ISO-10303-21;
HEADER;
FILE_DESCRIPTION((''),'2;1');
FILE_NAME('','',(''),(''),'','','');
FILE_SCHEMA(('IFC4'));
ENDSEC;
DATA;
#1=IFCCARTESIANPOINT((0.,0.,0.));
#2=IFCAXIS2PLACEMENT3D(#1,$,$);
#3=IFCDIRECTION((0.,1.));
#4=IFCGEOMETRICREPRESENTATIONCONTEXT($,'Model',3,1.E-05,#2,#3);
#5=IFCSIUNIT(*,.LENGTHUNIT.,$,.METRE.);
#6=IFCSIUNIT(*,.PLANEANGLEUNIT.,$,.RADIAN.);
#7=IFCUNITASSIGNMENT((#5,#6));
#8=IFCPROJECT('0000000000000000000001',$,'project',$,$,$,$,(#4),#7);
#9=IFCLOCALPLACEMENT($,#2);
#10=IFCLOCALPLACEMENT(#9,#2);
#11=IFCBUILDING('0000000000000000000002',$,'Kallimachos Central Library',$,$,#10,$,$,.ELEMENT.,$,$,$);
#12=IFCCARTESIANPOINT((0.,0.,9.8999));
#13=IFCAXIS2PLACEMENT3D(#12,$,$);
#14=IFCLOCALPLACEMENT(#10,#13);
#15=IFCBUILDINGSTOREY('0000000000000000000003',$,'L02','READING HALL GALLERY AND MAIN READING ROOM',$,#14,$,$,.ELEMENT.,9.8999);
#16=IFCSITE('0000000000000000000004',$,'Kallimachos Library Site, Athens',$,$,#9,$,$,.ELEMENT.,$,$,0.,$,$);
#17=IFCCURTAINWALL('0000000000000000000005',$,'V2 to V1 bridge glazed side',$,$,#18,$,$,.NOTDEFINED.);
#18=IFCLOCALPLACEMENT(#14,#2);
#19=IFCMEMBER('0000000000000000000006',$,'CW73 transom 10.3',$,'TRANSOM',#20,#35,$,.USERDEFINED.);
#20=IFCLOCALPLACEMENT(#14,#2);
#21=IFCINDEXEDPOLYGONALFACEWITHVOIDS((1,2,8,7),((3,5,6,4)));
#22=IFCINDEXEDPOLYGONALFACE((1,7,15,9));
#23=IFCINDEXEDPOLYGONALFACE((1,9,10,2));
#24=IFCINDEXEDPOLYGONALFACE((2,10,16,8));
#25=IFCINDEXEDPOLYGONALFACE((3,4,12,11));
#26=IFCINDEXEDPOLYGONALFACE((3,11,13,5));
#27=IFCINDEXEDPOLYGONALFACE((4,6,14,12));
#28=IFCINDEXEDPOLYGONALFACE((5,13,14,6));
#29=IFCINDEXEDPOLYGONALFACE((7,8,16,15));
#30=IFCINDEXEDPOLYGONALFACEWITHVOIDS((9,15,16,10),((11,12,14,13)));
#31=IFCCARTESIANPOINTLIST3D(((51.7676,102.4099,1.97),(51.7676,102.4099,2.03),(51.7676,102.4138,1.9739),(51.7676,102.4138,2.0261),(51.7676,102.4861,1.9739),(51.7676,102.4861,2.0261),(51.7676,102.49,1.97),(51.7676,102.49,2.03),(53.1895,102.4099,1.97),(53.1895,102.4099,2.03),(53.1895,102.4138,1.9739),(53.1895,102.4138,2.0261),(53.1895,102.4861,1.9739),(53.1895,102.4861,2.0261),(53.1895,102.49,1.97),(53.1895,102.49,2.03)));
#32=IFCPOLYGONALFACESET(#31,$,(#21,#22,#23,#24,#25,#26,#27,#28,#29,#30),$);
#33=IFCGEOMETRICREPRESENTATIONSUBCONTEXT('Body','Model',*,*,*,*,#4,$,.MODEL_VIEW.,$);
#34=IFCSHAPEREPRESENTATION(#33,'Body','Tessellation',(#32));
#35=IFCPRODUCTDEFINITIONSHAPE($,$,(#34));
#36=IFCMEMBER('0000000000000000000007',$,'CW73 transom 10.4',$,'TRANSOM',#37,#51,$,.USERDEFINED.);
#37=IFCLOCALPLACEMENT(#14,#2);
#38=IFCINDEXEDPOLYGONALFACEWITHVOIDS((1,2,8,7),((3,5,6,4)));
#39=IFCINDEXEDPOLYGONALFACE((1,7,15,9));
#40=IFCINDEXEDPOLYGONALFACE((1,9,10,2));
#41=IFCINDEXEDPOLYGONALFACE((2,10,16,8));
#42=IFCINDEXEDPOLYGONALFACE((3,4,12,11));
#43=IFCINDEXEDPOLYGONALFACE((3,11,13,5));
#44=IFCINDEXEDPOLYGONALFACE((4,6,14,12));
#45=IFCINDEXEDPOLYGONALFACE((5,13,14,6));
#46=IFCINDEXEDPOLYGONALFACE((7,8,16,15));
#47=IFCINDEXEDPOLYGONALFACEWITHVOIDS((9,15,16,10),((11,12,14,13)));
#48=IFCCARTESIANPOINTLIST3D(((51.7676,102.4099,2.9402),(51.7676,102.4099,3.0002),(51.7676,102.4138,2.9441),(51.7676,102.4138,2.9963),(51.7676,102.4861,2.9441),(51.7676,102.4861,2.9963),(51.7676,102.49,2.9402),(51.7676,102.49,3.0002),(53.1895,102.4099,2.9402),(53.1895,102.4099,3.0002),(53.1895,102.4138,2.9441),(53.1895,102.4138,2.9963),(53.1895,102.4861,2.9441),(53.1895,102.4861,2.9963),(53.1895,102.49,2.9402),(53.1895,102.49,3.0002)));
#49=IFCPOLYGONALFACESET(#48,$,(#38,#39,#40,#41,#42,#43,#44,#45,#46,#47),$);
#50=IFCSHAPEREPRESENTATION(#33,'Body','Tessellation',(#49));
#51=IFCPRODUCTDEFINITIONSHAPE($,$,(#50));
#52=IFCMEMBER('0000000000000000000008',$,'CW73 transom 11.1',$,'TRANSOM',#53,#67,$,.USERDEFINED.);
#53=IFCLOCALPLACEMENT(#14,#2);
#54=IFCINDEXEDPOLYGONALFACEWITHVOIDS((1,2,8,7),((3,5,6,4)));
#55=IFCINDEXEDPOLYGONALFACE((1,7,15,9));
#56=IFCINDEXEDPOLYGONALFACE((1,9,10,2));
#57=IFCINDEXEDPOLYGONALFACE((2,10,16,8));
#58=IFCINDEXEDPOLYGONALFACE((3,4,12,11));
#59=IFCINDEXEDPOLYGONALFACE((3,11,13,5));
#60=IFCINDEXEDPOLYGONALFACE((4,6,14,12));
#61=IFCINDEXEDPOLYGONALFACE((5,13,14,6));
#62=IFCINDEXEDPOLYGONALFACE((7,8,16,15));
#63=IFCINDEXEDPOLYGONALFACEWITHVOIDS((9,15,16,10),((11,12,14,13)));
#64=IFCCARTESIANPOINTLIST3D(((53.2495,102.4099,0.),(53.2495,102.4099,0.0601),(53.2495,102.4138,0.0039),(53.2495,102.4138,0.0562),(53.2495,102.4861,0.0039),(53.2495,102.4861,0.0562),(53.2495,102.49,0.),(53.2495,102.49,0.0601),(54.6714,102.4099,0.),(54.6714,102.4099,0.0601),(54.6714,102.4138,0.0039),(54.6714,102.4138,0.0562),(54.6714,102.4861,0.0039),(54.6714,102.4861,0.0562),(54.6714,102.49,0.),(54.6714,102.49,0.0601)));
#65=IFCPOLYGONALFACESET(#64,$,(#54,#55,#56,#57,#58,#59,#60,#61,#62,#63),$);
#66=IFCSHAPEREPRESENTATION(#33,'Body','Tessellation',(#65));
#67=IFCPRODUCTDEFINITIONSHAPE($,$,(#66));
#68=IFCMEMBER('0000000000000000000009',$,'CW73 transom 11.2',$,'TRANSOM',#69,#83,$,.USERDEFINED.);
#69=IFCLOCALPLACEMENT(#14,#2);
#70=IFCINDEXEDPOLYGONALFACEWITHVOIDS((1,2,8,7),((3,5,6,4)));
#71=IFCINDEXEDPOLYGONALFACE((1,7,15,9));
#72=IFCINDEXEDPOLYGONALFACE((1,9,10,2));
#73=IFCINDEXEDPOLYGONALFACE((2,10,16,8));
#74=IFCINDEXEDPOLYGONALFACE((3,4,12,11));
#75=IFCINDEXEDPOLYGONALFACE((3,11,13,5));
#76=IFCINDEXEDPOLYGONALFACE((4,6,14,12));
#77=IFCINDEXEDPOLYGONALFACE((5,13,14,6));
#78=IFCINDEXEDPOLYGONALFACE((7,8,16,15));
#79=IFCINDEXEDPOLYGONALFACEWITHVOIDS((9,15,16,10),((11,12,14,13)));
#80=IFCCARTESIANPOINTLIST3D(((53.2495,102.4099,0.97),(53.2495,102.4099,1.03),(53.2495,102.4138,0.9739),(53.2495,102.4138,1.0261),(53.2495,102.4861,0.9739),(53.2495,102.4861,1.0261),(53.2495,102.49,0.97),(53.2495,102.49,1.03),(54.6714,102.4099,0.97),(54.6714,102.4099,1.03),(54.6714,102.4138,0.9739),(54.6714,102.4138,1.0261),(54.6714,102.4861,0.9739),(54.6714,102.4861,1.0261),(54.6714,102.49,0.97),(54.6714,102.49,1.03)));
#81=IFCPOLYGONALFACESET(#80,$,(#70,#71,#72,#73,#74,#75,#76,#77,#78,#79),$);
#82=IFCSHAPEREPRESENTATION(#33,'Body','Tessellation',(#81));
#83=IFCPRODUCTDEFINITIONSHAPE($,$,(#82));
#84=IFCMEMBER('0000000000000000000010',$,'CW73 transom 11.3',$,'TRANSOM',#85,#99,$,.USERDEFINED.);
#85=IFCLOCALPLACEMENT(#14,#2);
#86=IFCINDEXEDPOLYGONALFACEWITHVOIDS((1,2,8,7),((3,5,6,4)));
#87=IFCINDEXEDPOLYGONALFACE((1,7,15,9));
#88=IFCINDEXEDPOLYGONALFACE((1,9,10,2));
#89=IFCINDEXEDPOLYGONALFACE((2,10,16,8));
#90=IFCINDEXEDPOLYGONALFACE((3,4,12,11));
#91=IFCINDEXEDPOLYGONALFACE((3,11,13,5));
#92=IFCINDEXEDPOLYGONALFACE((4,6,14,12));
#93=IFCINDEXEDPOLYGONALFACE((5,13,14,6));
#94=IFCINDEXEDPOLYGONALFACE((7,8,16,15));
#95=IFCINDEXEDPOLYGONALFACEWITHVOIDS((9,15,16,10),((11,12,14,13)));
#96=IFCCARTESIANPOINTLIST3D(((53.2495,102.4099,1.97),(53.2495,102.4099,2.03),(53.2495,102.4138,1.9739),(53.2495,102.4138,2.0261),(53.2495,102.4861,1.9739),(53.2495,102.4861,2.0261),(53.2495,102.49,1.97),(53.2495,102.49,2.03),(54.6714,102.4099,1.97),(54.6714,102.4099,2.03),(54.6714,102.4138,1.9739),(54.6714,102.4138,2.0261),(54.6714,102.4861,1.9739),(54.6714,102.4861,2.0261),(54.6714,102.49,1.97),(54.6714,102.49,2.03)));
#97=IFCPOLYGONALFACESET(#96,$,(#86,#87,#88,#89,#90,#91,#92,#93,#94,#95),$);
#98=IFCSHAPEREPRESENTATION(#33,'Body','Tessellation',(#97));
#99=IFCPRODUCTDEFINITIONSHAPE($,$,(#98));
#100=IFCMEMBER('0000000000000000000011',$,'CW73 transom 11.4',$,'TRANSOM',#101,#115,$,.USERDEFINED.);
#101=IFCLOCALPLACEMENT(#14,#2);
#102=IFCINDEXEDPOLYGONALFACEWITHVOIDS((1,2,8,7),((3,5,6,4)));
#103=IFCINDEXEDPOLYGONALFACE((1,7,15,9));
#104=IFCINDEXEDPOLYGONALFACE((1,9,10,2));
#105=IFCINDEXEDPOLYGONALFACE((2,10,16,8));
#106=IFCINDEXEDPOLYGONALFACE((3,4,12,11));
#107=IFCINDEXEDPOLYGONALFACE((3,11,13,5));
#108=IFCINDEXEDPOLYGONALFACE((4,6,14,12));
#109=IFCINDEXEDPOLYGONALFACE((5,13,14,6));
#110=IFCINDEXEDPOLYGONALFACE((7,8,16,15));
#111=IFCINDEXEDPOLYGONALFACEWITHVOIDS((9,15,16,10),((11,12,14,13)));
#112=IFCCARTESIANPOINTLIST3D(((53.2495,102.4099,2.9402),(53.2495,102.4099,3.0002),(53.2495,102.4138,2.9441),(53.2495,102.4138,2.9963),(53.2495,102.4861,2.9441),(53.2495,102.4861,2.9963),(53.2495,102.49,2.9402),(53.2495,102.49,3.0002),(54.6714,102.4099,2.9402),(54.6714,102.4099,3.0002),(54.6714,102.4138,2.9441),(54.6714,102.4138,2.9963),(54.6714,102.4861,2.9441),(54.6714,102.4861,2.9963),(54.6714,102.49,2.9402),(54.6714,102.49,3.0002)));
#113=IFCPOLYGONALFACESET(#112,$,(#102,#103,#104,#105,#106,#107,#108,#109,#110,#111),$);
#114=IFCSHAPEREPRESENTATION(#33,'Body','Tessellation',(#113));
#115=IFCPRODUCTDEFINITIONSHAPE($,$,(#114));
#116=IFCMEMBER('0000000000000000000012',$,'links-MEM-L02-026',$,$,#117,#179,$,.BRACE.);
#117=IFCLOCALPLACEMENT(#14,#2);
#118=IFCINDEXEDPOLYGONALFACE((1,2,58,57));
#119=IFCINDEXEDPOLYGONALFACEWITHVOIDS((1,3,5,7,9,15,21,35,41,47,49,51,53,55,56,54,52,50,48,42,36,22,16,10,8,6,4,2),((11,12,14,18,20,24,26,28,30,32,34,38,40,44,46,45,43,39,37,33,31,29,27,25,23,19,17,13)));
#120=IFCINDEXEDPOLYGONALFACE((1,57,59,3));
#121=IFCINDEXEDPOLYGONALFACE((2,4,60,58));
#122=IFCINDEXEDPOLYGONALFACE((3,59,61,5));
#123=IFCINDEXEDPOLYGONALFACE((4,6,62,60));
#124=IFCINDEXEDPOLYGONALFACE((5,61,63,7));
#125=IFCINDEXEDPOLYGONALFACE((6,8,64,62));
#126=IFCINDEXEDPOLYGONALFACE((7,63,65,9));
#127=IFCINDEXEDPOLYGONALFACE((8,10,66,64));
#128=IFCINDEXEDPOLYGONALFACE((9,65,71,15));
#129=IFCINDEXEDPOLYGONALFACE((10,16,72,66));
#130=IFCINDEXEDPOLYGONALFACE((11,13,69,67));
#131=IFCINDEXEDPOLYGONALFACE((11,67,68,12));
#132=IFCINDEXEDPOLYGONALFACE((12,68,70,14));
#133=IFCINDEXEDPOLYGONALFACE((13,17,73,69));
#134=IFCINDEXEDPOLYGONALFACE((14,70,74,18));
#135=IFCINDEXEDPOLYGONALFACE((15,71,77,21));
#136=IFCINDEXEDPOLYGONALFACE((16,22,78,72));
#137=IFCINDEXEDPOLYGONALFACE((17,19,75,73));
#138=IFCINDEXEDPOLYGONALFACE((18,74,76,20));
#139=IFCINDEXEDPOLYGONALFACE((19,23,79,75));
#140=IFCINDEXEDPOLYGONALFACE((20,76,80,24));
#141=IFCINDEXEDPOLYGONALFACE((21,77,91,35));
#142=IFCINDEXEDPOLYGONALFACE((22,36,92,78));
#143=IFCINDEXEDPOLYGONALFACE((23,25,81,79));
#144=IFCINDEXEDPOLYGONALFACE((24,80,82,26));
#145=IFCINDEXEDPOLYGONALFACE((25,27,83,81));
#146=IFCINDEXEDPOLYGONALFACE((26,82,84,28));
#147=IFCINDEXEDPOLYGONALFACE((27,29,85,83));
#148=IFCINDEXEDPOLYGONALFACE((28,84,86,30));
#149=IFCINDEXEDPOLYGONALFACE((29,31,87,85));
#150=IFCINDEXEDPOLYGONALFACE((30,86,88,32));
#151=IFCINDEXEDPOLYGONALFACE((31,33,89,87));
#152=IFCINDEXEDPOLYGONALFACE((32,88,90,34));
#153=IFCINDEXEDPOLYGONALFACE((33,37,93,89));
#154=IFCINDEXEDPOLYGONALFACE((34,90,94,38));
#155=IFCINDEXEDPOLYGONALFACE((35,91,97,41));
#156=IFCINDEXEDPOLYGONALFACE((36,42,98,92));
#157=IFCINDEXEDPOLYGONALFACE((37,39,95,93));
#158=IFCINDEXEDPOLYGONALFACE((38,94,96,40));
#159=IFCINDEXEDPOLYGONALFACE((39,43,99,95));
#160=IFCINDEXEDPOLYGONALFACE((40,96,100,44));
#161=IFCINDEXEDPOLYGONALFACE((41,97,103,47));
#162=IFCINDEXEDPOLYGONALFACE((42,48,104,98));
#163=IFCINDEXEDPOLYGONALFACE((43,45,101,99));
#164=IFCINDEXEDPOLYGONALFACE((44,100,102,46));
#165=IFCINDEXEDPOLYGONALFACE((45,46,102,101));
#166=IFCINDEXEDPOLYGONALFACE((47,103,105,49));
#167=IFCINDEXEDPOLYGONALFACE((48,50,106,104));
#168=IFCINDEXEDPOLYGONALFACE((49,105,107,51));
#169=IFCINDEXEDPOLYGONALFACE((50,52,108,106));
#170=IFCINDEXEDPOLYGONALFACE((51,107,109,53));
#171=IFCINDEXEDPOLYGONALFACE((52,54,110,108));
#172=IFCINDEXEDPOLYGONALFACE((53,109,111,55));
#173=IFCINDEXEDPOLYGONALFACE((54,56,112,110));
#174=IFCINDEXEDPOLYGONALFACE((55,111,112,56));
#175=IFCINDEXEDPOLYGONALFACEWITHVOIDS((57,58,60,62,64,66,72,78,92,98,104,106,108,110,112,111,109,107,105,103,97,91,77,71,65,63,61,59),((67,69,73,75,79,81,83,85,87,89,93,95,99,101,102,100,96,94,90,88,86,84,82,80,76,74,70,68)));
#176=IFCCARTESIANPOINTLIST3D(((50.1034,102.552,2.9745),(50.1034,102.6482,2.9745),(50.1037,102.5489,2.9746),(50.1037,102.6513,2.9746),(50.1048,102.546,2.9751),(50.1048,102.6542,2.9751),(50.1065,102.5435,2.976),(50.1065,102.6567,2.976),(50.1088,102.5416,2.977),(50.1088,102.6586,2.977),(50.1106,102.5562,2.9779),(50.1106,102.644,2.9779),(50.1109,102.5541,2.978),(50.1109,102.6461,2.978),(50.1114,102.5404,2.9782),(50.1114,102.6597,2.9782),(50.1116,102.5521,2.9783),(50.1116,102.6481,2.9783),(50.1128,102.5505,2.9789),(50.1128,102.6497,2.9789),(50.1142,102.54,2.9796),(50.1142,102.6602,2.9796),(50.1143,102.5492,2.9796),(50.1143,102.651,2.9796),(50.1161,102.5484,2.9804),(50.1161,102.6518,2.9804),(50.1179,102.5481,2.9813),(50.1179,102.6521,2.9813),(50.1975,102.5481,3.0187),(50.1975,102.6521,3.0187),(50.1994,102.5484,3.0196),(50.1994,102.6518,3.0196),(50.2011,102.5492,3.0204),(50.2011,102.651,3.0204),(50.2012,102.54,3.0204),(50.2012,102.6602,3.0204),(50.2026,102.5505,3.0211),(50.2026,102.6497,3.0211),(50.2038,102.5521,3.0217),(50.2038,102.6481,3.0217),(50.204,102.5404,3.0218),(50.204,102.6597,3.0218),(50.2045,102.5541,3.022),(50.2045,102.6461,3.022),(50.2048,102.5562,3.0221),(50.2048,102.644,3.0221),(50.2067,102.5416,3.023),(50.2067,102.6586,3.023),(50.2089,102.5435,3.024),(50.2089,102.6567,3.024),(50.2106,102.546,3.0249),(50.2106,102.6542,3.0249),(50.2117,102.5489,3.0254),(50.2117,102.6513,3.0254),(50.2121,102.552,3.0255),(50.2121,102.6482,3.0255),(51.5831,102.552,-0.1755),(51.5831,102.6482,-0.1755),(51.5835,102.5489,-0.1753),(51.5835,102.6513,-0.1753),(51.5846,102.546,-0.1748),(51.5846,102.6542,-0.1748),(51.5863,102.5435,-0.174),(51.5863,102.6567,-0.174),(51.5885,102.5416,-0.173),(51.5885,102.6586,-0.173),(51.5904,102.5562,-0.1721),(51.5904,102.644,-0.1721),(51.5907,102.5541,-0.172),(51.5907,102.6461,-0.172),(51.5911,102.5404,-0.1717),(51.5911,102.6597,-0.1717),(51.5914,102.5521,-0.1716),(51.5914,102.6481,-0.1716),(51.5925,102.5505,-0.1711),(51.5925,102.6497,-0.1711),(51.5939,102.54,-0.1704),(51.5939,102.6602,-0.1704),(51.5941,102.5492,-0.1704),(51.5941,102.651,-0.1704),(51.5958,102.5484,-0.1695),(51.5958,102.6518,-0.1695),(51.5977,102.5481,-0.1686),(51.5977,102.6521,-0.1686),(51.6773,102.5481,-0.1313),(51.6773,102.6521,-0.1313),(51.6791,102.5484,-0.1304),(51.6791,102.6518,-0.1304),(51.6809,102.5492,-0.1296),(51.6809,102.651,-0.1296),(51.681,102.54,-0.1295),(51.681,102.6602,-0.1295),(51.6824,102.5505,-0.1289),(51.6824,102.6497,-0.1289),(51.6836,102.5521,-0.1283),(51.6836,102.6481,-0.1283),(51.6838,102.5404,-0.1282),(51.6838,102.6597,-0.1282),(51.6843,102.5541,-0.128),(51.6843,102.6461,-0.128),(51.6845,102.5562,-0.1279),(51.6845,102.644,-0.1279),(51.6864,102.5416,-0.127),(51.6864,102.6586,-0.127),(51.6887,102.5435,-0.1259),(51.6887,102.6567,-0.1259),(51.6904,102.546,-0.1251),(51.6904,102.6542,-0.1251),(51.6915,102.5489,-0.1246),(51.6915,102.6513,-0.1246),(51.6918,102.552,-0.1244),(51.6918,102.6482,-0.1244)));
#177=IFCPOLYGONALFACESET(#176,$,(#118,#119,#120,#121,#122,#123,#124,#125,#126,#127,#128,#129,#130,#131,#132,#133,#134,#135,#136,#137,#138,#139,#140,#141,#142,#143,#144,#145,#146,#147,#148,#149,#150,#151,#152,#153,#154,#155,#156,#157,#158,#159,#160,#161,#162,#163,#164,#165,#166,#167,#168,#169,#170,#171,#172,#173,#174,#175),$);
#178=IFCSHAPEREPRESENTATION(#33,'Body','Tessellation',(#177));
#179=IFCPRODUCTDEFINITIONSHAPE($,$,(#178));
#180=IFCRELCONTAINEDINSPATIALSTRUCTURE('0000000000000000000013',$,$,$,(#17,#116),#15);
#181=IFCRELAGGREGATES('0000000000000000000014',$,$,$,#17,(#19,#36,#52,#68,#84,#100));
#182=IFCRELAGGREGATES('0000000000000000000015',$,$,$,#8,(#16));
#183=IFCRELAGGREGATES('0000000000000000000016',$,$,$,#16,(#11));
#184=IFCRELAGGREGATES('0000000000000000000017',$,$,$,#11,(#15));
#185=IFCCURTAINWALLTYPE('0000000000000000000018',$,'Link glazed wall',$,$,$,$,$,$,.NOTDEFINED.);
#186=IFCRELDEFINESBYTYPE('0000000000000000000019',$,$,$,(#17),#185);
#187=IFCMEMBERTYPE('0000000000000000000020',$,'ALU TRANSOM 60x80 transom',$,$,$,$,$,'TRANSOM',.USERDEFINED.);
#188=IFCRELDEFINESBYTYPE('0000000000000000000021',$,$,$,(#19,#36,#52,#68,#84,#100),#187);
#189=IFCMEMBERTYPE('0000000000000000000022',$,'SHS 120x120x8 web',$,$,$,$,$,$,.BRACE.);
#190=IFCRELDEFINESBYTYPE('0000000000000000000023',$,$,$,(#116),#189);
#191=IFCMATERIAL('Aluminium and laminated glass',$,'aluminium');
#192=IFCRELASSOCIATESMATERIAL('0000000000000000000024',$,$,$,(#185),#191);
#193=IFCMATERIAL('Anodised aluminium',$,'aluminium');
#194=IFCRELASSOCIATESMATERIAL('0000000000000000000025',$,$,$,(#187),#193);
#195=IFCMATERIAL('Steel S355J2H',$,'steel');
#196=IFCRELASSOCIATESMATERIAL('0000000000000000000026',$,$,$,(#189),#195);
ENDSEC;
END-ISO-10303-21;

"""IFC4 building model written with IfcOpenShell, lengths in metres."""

from ifc_helpers import new_model, si_unit, direction, frame, origin, origin_2d, place, context, subcontext, project, spatial, hollow_rectangle, extrude, material, material_profile, profile_set, type_object, element, aggregate, save


model = new_model("IFC4")

# Units and contexts
model_context = context("Model", 3, precision=1e-05, world=origin(), true_north=direction((0.0, 1.0)))
body_context = subcontext(model_context, "Body", "Model", "MODEL_VIEW")
ifc_project = project(units=[si_unit("LENGTHUNIT", "METRE"), si_unit("PLANEANGLEUNIT", "RADIAN")], contexts=[model_context])

# Site, building, storey
site_placement = place(None, origin())
site = spatial("IfcSite", under=ifc_project, at=site_placement, Name="Kallimachos Library Site, Athens", CompositionType="ELEMENT", RefElevation=0.0)
building_placement = place(site_placement, origin())
building = spatial("IfcBuilding", under=site, at=building_placement, Name="Kallimachos Central Library", CompositionType="ELEMENT")
storey_placement = place(building_placement, frame((0.0, 0.0, 9.8999)))
storey = spatial("IfcBuildingStorey", under=building, at=storey_placement, Name="L02", Description="READING HALL GALLERY AND MAIN READING ROOM", CompositionType="ELEMENT", Elevation=9.8999)

# Curtain wall
ifc_material_1 = material(Name="Aluminium and laminated glass", Category="aluminium")
curtain_wall_type = type_object("IfcCurtainWallType", Name="Link glazed wall", PredefinedType="NOTDEFINED", material=ifc_material_1)
curtain_wall_1_placement = place(storey_placement, origin())
curtain_wall_1 = element("IfcCurtainWall", 1, at=curtain_wall_1_placement, inside=storey, type_object=curtain_wall_type, Name="V2 to V1 bridge glazed side", PredefinedType="NOTDEFINED")
ifc_material_2 = material(Name="Anodised aluminium", Category="aluminium")
ifc_material_profile_1 = material_profile(ifc_material_2, hollow_rectangle(XDim=0.0601, YDim=0.0801, WallThickness=0.0039, at=origin_2d()), Name="ALU TRANSOM 60x80")
ifc_profile_set_1 = profile_set([ifc_material_profile_1], Name="Anodised aluminium")
member_type_1 = type_object("IfcMemberType", Name="ALU TRANSOM 60x80 transom", ElementType="TRANSOM", PredefinedType="USERDEFINED", material=ifc_profile_set_1)

# Members
member_1_placement = place(storey_placement, frame((51.7676, 102.45, 2.0), z_axis=(1.0, 0.0, 0.0), x_axis=(0.0, 0.0, 1.0)))
member_1 = element("IfcMember", 2, at=member_1_placement, type_object=member_type_1, Name="CW73 transom 10.3", ObjectType="TRANSOM", PredefinedType="USERDEFINED", context=body_context, shape_type="SweptSolid", body=[
    extrude(hollow_rectangle(XDim=0.0601, YDim=0.0801, WallThickness=0.0039, at=origin_2d()), origin(), (0.0, 0.0, 1.0), 1.4219),
])
member_2_placement = place(storey_placement, frame((51.7676, 102.45, 2.9702), z_axis=(1.0, 0.0, 0.0), x_axis=(0.0, 0.0, 1.0)))
member_2 = element("IfcMember", 3, at=member_2_placement, type_object=member_type_1, Name="CW73 transom 10.4", ObjectType="TRANSOM", PredefinedType="USERDEFINED", context=body_context, shape_type="SweptSolid", body=[
    extrude(hollow_rectangle(XDim=0.0601, YDim=0.0801, WallThickness=0.0039, at=origin_2d()), origin(), (0.0, 0.0, 1.0), 1.4219),
])
member_3_placement = place(storey_placement, frame((53.2495, 102.45, 0.03), z_axis=(1.0, 0.0, 0.0), x_axis=(0.0, 0.0, 1.0)))
member_3 = element("IfcMember", 4, at=member_3_placement, type_object=member_type_1, Name="CW73 transom 11.1", ObjectType="TRANSOM", PredefinedType="USERDEFINED", context=body_context, shape_type="SweptSolid", body=[
    extrude(hollow_rectangle(XDim=0.0601, YDim=0.0801, WallThickness=0.0039, at=origin_2d()), origin(), (0.0, 0.0, 1.0), 1.4219),
])
member_4_placement = place(storey_placement, frame((53.2495, 102.45, 1.0), z_axis=(1.0, 0.0, 0.0), x_axis=(0.0, 0.0, 1.0)))
member_4 = element("IfcMember", 5, at=member_4_placement, type_object=member_type_1, Name="CW73 transom 11.2", ObjectType="TRANSOM", PredefinedType="USERDEFINED", context=body_context, shape_type="SweptSolid", body=[
    extrude(hollow_rectangle(XDim=0.0601, YDim=0.0801, WallThickness=0.0039, at=origin_2d()), origin(), (0.0, 0.0, 1.0), 1.4219),
])
member_5_placement = place(storey_placement, frame((53.2495, 102.45, 2.0), z_axis=(1.0, 0.0, 0.0), x_axis=(0.0, 0.0, 1.0)))
member_5 = element("IfcMember", 6, at=member_5_placement, type_object=member_type_1, Name="CW73 transom 11.3", ObjectType="TRANSOM", PredefinedType="USERDEFINED", context=body_context, shape_type="SweptSolid", body=[
    extrude(hollow_rectangle(XDim=0.0601, YDim=0.0801, WallThickness=0.0039, at=origin_2d()), origin(), (0.0, 0.0, 1.0), 1.4219),
])
member_6_placement = place(storey_placement, frame((53.2495, 102.45, 2.9702), z_axis=(1.0, 0.0, 0.0), x_axis=(0.0, 0.0, 1.0)))
member_6 = element("IfcMember", 7, at=member_6_placement, type_object=member_type_1, Name="CW73 transom 11.4", ObjectType="TRANSOM", PredefinedType="USERDEFINED", context=body_context, shape_type="SweptSolid", body=[
    extrude(hollow_rectangle(XDim=0.0601, YDim=0.0801, WallThickness=0.0039, at=origin_2d()), origin(), (0.0, 0.0, 1.0), 1.4219),
])

# Member
ifc_material_3 = material(Name="Steel S355J2H", Category="steel")
ifc_material_profile_2 = material_profile(ifc_material_3, hollow_rectangle(XDim=0.1201, YDim=0.1201, WallThickness=0.0081, InnerFilletRadius=0.0081, OuterFilletRadius=0.012, at=origin_2d()), Name="SHS 120x120x8")
ifc_profile_set_2 = profile_set([ifc_material_profile_2], Name="Steel S355J2H")
member_type_2 = type_object("IfcMemberType", Name="SHS 120x120x8 web", PredefinedType="BRACE", material=ifc_profile_set_2)
for number, where, z_axis, x_axis, name in (
    (8, (50.1577, 102.6001, 3.0), (0.425192, 0.0, -0.905103), (0.0, 1.0, 0.0), "links-MEM-L02-026"),
):
    element("IfcMember", number, at=place(storey_placement, frame(where, z_axis=z_axis, x_axis=x_axis)), inside=storey, type_object=member_type_2, Name=name, PredefinedType="BRACE", context=body_context, shape_type="SweptSolid", body=[
        extrude(hollow_rectangle(XDim=0.1201, YDim=0.1201, WallThickness=0.0081, InnerFilletRadius=0.0081, OuterFilletRadius=0.012, at=origin_2d()), origin(), (0.0, 0.0, 1.0), 3.4802),
    ])

aggregate(curtain_wall_1, [member_1, member_2, member_3, member_4, member_5, member_6])

save(model, "model.ifc")
